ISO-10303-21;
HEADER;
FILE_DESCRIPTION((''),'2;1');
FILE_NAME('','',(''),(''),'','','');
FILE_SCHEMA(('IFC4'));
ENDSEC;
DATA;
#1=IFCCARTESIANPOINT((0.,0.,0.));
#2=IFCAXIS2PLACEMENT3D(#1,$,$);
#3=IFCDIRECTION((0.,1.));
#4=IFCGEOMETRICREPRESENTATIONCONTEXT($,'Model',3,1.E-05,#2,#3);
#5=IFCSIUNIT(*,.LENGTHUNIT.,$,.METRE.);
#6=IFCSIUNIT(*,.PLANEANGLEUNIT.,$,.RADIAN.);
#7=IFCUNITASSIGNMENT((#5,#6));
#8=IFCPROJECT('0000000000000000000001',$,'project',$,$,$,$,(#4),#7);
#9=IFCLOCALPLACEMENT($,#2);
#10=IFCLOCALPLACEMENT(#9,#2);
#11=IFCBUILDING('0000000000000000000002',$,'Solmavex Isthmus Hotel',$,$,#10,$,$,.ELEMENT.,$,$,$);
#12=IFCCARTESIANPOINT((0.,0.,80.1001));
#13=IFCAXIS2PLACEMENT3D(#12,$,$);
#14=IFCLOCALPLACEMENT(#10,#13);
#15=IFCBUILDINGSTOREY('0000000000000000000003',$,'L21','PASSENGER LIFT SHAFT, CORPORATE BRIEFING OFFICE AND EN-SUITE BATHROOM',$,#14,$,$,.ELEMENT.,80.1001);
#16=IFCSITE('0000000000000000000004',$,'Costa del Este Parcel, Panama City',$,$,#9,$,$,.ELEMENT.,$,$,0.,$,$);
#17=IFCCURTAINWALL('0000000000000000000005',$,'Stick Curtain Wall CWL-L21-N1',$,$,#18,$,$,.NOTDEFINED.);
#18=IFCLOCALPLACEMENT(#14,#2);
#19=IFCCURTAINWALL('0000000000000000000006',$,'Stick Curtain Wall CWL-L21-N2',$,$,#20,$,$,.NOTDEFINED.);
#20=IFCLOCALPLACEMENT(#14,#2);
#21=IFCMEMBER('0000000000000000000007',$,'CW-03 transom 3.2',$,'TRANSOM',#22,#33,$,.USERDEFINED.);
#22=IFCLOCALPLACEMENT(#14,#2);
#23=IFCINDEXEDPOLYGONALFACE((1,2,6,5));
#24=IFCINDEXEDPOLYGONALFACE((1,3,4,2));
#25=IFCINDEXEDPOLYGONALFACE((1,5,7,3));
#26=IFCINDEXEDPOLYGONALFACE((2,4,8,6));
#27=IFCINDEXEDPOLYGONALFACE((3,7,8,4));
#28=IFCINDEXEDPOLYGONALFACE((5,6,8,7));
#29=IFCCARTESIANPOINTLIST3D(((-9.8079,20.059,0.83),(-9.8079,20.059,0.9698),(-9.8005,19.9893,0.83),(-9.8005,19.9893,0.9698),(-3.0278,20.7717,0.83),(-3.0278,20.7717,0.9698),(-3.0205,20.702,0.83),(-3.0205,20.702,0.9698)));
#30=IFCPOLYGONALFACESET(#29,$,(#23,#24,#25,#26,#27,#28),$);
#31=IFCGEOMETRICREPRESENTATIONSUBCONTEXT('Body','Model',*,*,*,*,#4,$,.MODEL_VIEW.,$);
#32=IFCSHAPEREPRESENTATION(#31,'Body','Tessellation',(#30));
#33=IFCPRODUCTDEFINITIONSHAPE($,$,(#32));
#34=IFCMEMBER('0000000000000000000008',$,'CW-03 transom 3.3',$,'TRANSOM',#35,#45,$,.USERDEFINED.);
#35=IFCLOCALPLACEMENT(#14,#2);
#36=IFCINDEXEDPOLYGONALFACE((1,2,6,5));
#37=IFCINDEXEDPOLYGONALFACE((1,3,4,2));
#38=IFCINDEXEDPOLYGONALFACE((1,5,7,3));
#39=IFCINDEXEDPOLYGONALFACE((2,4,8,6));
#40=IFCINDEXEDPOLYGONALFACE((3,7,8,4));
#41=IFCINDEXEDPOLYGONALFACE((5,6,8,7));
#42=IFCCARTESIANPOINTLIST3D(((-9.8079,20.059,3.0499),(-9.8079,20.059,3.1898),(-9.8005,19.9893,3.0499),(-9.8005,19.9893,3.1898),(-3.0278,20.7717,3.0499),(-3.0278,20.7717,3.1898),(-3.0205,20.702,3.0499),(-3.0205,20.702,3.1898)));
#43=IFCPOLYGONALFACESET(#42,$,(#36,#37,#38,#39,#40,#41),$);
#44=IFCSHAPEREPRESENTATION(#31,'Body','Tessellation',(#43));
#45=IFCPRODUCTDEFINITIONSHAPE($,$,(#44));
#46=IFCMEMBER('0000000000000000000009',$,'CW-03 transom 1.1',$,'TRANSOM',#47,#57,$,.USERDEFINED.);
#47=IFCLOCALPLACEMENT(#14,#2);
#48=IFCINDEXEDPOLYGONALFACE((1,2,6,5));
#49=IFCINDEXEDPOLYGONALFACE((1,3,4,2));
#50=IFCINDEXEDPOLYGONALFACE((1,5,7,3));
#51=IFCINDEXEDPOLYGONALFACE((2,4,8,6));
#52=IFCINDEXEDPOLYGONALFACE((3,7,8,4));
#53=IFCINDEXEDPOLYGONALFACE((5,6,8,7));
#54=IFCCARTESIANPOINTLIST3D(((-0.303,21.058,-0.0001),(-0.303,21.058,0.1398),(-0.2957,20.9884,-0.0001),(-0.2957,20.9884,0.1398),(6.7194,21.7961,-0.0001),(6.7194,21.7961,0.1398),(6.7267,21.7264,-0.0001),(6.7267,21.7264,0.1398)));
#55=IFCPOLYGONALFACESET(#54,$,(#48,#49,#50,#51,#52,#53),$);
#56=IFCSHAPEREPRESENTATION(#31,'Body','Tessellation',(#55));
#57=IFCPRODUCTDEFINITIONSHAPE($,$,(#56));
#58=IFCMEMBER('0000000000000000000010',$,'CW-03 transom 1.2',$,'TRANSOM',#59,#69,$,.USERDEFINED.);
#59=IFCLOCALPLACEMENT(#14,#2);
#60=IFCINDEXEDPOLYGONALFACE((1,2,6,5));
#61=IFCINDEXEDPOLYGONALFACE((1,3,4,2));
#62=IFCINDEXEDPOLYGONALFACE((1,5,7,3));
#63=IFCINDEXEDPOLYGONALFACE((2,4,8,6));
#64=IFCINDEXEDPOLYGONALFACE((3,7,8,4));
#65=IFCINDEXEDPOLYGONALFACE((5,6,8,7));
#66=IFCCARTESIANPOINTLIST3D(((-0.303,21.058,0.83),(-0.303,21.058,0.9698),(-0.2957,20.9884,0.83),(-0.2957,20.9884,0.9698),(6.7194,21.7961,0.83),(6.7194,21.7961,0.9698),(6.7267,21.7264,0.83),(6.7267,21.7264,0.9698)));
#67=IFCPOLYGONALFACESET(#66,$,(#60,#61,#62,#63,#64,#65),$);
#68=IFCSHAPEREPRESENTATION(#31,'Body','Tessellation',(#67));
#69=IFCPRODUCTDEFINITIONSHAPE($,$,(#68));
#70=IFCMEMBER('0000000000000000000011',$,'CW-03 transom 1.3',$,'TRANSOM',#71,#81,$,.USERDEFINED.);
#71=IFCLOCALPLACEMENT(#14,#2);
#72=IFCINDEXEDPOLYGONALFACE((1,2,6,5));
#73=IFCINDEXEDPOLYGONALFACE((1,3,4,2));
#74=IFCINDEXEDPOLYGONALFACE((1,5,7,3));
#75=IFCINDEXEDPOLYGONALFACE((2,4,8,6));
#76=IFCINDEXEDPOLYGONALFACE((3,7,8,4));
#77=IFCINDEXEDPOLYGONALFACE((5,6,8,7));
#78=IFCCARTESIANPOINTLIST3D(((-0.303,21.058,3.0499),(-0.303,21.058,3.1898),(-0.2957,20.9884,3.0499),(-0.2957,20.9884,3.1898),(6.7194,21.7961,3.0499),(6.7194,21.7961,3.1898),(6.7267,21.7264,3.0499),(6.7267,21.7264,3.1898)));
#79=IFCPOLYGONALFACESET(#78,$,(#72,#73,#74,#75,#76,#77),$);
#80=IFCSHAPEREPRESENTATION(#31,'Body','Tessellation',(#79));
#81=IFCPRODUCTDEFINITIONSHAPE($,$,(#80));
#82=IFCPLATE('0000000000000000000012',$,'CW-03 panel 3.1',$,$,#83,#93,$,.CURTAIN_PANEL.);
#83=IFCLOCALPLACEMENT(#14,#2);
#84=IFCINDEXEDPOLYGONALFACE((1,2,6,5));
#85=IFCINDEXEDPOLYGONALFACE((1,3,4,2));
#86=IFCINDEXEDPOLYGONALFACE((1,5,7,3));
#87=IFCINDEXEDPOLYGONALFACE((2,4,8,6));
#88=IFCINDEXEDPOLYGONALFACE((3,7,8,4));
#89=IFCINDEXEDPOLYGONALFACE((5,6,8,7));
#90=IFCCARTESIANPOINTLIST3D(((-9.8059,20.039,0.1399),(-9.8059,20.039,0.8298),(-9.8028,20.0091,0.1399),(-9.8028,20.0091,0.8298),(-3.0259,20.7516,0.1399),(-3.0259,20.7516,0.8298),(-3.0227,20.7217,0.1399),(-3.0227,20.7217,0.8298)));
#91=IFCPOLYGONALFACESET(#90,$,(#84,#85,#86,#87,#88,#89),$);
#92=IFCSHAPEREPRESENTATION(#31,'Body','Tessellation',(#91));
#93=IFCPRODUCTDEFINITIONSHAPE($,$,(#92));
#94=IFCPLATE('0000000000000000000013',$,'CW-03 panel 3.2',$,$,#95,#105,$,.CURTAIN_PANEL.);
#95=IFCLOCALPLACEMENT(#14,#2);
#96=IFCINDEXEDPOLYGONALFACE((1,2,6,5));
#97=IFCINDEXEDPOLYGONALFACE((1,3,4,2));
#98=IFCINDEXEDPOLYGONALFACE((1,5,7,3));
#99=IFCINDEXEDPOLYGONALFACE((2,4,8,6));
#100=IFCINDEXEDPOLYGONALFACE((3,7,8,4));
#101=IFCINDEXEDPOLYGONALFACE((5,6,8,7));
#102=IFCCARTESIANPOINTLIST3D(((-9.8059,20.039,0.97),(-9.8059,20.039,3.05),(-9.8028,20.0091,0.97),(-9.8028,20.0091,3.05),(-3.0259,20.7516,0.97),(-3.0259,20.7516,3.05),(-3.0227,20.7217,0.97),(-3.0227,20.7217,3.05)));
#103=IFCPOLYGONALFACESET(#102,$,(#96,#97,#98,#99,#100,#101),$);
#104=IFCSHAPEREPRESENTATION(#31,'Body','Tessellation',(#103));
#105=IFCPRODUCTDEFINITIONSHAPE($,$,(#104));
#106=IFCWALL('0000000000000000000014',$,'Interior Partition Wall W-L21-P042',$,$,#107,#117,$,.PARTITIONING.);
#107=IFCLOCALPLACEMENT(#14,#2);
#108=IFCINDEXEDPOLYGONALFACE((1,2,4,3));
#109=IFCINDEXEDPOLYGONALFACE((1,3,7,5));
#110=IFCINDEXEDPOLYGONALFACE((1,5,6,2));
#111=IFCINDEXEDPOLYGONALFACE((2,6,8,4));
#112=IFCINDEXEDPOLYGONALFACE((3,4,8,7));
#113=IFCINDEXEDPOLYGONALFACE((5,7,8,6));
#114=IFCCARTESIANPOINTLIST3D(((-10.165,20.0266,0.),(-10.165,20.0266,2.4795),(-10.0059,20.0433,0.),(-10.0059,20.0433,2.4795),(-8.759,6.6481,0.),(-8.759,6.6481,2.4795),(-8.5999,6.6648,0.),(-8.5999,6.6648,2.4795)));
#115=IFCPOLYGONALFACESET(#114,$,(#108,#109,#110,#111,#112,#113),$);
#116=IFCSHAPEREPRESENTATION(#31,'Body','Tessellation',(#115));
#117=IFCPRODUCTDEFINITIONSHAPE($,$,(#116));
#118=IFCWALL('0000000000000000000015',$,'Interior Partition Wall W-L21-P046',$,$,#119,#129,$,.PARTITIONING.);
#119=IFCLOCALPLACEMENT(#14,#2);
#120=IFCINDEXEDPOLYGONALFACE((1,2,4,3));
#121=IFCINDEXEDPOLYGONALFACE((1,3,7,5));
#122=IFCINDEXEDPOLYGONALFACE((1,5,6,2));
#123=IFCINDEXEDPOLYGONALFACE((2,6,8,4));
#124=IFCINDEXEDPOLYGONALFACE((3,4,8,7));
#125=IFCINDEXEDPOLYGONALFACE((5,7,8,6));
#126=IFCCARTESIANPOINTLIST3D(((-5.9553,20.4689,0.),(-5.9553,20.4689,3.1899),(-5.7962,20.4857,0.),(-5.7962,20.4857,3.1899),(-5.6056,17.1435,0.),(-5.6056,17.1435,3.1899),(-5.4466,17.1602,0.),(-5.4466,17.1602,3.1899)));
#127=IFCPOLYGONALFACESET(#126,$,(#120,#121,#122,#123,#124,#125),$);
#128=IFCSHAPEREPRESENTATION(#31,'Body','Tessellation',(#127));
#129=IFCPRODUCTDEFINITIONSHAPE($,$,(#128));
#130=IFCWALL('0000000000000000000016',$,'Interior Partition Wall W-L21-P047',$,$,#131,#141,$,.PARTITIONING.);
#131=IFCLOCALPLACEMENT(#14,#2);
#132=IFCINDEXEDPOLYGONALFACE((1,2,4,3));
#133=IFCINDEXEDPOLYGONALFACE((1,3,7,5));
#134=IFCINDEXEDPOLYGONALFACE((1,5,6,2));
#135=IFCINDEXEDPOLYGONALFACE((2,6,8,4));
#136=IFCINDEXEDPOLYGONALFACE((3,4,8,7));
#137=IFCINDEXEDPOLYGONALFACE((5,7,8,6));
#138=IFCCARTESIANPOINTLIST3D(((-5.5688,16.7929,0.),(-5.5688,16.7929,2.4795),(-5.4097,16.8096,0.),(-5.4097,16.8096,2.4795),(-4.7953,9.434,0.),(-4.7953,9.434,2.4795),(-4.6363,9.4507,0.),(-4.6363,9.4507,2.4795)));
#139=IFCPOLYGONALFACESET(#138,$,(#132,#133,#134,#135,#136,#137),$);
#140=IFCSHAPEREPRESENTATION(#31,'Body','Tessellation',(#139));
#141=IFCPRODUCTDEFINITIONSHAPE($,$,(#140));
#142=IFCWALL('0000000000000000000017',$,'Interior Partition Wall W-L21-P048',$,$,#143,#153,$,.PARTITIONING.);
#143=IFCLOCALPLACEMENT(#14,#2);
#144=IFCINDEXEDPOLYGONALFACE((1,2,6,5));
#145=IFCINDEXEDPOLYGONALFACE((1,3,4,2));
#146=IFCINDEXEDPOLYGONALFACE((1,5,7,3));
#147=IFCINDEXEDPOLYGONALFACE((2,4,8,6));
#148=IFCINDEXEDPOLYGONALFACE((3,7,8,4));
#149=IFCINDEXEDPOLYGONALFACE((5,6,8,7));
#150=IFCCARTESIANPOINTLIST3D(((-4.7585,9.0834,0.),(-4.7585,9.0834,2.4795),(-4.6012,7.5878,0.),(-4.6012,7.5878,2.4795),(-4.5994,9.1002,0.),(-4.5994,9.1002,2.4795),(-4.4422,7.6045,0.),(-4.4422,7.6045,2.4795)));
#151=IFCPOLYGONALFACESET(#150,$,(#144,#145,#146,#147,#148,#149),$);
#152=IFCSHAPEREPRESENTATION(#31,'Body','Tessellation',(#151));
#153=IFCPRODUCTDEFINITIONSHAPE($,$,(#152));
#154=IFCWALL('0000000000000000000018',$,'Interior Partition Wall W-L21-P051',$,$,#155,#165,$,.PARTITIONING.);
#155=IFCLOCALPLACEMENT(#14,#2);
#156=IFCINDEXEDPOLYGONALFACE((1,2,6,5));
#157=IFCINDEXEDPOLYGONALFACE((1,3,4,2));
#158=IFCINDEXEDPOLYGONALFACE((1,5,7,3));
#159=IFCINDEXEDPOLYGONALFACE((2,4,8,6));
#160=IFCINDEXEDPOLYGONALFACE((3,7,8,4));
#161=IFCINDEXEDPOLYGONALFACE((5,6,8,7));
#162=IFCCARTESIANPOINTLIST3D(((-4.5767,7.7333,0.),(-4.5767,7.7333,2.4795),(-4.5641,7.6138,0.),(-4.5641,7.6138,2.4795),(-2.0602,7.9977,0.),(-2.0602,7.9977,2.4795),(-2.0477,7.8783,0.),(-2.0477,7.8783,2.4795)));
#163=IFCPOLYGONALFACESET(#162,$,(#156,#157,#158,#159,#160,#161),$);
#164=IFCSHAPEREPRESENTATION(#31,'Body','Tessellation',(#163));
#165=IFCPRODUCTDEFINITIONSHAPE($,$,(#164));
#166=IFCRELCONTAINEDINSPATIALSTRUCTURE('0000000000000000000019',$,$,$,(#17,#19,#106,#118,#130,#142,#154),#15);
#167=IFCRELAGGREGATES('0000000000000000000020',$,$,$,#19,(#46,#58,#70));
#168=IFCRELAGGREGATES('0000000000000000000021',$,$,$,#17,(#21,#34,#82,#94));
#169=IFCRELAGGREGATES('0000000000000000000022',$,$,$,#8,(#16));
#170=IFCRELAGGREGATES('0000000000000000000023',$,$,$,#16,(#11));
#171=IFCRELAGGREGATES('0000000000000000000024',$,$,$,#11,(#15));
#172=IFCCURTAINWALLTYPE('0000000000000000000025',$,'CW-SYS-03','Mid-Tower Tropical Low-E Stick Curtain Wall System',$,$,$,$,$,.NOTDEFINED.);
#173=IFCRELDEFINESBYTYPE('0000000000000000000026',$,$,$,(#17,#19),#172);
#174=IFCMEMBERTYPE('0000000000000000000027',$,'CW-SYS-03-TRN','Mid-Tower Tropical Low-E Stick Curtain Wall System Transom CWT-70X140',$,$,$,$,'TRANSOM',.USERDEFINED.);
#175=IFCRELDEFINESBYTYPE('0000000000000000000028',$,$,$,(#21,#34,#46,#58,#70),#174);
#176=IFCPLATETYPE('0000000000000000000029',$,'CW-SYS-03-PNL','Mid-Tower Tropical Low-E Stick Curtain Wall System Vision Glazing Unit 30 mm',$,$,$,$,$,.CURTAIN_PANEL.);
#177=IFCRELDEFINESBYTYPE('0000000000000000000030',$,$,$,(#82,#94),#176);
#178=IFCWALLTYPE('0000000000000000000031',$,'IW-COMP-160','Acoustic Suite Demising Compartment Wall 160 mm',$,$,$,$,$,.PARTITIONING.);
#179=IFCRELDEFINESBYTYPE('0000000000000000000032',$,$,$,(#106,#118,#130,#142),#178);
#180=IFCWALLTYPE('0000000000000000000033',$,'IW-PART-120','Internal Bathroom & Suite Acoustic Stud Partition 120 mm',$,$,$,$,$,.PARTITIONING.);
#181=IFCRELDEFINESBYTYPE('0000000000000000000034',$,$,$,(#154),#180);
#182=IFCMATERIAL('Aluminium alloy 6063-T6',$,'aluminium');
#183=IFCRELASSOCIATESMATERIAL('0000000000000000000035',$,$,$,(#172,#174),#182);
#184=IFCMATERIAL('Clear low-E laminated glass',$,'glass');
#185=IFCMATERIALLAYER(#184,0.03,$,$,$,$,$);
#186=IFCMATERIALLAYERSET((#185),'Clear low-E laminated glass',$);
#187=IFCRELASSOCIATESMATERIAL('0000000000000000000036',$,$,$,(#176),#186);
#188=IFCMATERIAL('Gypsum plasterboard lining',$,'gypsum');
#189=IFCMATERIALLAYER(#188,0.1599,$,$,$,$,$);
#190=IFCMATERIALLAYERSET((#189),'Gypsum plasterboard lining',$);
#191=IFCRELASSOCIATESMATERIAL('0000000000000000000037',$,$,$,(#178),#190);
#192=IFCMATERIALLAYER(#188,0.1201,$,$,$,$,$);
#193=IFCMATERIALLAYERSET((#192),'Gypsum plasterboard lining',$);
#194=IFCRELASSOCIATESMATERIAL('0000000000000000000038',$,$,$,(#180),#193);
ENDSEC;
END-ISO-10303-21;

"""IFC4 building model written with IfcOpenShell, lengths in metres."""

from ifc_helpers import new_model, si_unit, direction, frame, frame_2d, origin, origin_2d, place, context, subcontext, project, spatial, rectangle, extrude, material, layer, layer_set, material_profile, profile_set, type_object, element, aggregate, save


model = new_model("IFC4")

# Units and contexts
model_context = context("Model", 3, precision=1e-05, world=origin(), true_north=direction((0.0, 1.0)))
body_context = subcontext(model_context, "Body", "Model", "MODEL_VIEW")
ifc_project = project(units=[si_unit("LENGTHUNIT", "METRE"), si_unit("PLANEANGLEUNIT", "RADIAN")], contexts=[model_context])

# Site, building, storey
site_placement = place(None, origin())
site = spatial("IfcSite", under=ifc_project, at=site_placement, Name="Costa del Este Parcel, Panama City", CompositionType="ELEMENT", RefElevation=0.0)
building_placement = place(site_placement, origin())
building = spatial("IfcBuilding", under=site, at=building_placement, Name="Solmavex Isthmus Hotel", CompositionType="ELEMENT")
storey_placement = place(building_placement, frame((0.0, 0.0, 80.1001)))
storey = spatial("IfcBuildingStorey", under=building, at=storey_placement, Name="L21", Description="PASSENGER LIFT SHAFT, CORPORATE BRIEFING OFFICE AND EN-SUITE BATHROOM", CompositionType="ELEMENT", Elevation=80.1001)

# Curtain wall
ifc_material_1 = material(Name="Aluminium alloy 6063-T6", Category="aluminium")
curtain_wall_type = type_object("IfcCurtainWallType", Name="CW-SYS-03", Description="Mid-Tower Tropical Low-E Stick Curtain Wall System", PredefinedType="NOTDEFINED", material=ifc_material_1)
curtain_wall_1_placement = place(storey_placement, origin())
curtain_wall_1 = element("IfcCurtainWall", 1, at=curtain_wall_1_placement, inside=storey, type_object=curtain_wall_type, Name="Stick Curtain Wall CWL-L21-N1", PredefinedType="NOTDEFINED")

# Curtain wall
curtain_wall_2_placement = place(storey_placement, origin())
curtain_wall_2 = element("IfcCurtainWall", 2, at=curtain_wall_2_placement, inside=storey, type_object=curtain_wall_type, Name="Stick Curtain Wall CWL-L21-N2", PredefinedType="NOTDEFINED")

# Members
ifc_material_profile_1 = material_profile(ifc_material_1, rectangle(XDim=0.0701, YDim=0.1399, at=origin_2d()), Name="CWT-70X140")
ifc_profile_set_1 = profile_set([ifc_material_profile_1], Name="Aluminium alloy 6063-T6")
member_type_1 = type_object("IfcMemberType", Name="CW-SYS-03-TRN", Description="Mid-Tower Tropical Low-E Stick Curtain Wall System Transom CWT-70X140", ElementType="TRANSOM", PredefinedType="USERDEFINED", material=ifc_profile_set_1)
member_1_placement = place(storey_placement, frame((-9.8042, 20.0242, 0.8999), z_axis=(0.994521, 0.104534, 0.0), x_axis=(-0.104534, 0.994521, 0.0)))
member_1 = element("IfcMember", 3, at=member_1_placement, type_object=member_type_1, Name="CW-03 transom 3.2", ObjectType="TRANSOM", PredefinedType="USERDEFINED", context=body_context, shape_type="SweptSolid", body=[
    extrude(rectangle(XDim=0.0701, YDim=0.1399, at=origin_2d()), origin(), (0.0, 0.0, 1.0), 6.8174),
])
member_2_placement = place(storey_placement, frame((-9.8042, 20.0242, 3.1199), z_axis=(0.994521, 0.104534, 0.0), x_axis=(-0.104534, 0.994521, 0.0)))
member_2 = element("IfcMember", 4, at=member_2_placement, type_object=member_type_1, Name="CW-03 transom 3.3", ObjectType="TRANSOM", PredefinedType="USERDEFINED", context=body_context, shape_type="SweptSolid", body=[
    extrude(rectangle(XDim=0.0701, YDim=0.1399, at=origin_2d()), origin(), (0.0, 0.0, 1.0), 6.8174),
])
member_3_placement = place(storey_placement, frame((-0.2993, 21.0232, 0.0698), z_axis=(0.994523, 0.104521, 0.0), x_axis=(-0.104521, 0.994523, 0.0)))
member_3 = element("IfcMember", 5, at=member_3_placement, type_object=member_type_1, Name="CW-03 transom 1.1", ObjectType="TRANSOM", PredefinedType="USERDEFINED", context=body_context, shape_type="SweptSolid", body=[
    extrude(rectangle(XDim=0.0701, YDim=0.1399, at=origin_2d()), origin(), (0.0, 0.0, 1.0), 7.061),
])
member_4_placement = place(storey_placement, frame((-0.2993, 21.0232, 0.8999), z_axis=(0.994523, 0.104521, 0.0), x_axis=(-0.104521, 0.994523, 0.0)))
member_4 = element("IfcMember", 6, at=member_4_placement, type_object=member_type_1, Name="CW-03 transom 1.2", ObjectType="TRANSOM", PredefinedType="USERDEFINED", context=body_context, shape_type="SweptSolid", body=[
    extrude(rectangle(XDim=0.0701, YDim=0.1399, at=origin_2d()), origin(), (0.0, 0.0, 1.0), 7.061),
])
member_5_placement = place(storey_placement, frame((-0.2993, 21.0232, 3.1199), z_axis=(0.994523, 0.104521, 0.0), x_axis=(-0.104521, 0.994523, 0.0)))
member_5 = element("IfcMember", 7, at=member_5_placement, type_object=member_type_1, Name="CW-03 transom 1.3", ObjectType="TRANSOM", PredefinedType="USERDEFINED", context=body_context, shape_type="SweptSolid", body=[
    extrude(rectangle(XDim=0.0701, YDim=0.1399, at=origin_2d()), origin(), (0.0, 0.0, 1.0), 7.061),
])
aggregate(curtain_wall_2, [member_3, member_4, member_5])

# Plates
ifc_material_2 = material(Name="Clear low-E laminated glass", Category="glass")
ifc_layer_1 = layer(ifc_material_2, 0.03)
ifc_layer_set_1 = layer_set([ifc_layer_1], Name="Clear low-E laminated glass")
plate_type = type_object("IfcPlateType", Name="CW-SYS-03-PNL", Description="Mid-Tower Tropical Low-E Stick Curtain Wall System Vision Glazing Unit 30 mm", PredefinedType="CURTAIN_PANEL", material=ifc_layer_set_1)
plate_1_placement = place(storey_placement, frame((-6.4143, 20.3804, 0.1399), z_axis=(0.0, 0.0, 1.0), x_axis=(0.994522, 0.104528, 0.0)))
plate_1 = element("IfcPlate", 8, at=plate_1_placement, type_object=plate_type, Name="CW-03 panel 3.1", PredefinedType="CURTAIN_PANEL", context=body_context, shape_type="SweptSolid", body=[
    extrude(rectangle(XDim=6.8174, YDim=0.03, at=origin_2d()), origin(), (0.0, 0.0, 1.0), 0.6899),
])
plate_2_placement = place(storey_placement, frame((-6.4143, 20.3804, 0.97), z_axis=(0.0, 0.0, 1.0), x_axis=(0.994522, 0.104528, 0.0)))
plate_2 = element("IfcPlate", 9, at=plate_2_placement, type_object=plate_type, Name="CW-03 panel 3.2", PredefinedType="CURTAIN_PANEL", context=body_context, shape_type="SweptSolid", body=[
    extrude(rectangle(XDim=6.8174, YDim=0.03, at=origin_2d()), origin(), (0.0, 0.0, 1.0), 2.0801),
])
aggregate(curtain_wall_1, [member_1, member_2, plate_1, plate_2])

# Walls
ifc_material_3 = material(Name="Gypsum plasterboard lining", Category="gypsum")
ifc_layer_2 = layer(ifc_material_3, 0.1599)
ifc_layer_set_2 = layer_set([ifc_layer_2], Name="Gypsum plasterboard lining")
wall_type_1 = type_object("IfcWallType", Name="IW-COMP-160", Description="Acoustic Suite Demising Compartment Wall 160 mm", PredefinedType="PARTITIONING", material=ifc_layer_set_2)
wall_1_placement = place(storey_placement, frame((-10.0854, 20.0349, 0.0), z_axis=(0.0, 0.0, 1.0), x_axis=(0.104519, -0.994523, 0.0)))
element("IfcWall", 10, at=wall_1_placement, inside=storey, type_object=wall_type_1, Name="Interior Partition Wall W-L21-P042", PredefinedType="PARTITIONING", context=body_context, shape_type="SweptSolid", body=[
    extrude(rectangle(XDim=13.4521, YDim=0.1599, at=frame_2d((6.7261, 0.0))), origin(), (0.0, 0.0, 1.0), 2.4795),
])
wall_2_placement = place(storey_placement, frame((-5.8757, 20.4773, 0.0), z_axis=(0.0, 0.0, 1.0), x_axis=(0.104556, -0.994519, 0.0)))
element("IfcWall", 11, at=wall_2_placement, inside=storey, type_object=wall_type_1, Name="Interior Partition Wall W-L21-P046", PredefinedType="PARTITIONING", context=body_context, shape_type="SweptSolid", body=[
    extrude(rectangle(XDim=3.3438, YDim=0.1599, at=frame_2d((1.6719, 0.0))), origin(), (0.0, 0.0, 1.0), 3.1899),
])
wall_3_placement = place(storey_placement, frame((-5.4893, 16.8013, 0.0), z_axis=(0.0, 0.0, 1.0), x_axis=(0.104527, -0.994522, 0.0)))
element("IfcWall", 12, at=wall_3_placement, inside=storey, type_object=wall_type_1, Name="Interior Partition Wall W-L21-P047", PredefinedType="PARTITIONING", context=body_context, shape_type="SweptSolid", body=[
    extrude(rectangle(XDim=7.3994, YDim=0.1599, at=frame_2d((3.6997, 0.0))), origin(), (0.0, 0.0, 1.0), 2.4795),
])
wall_4_placement = place(storey_placement, frame((-4.679, 9.0918, 0.0), z_axis=(0.0, 0.0, 1.0), x_axis=(0.10455, -0.99452, 0.0)))
element("IfcWall", 13, at=wall_4_placement, inside=storey, type_object=wall_type_1, Name="Interior Partition Wall W-L21-P048", PredefinedType="PARTITIONING", context=body_context, shape_type="SweptSolid", body=[
    extrude(rectangle(XDim=1.5039, YDim=0.1599, at=frame_2d((0.752, 0.0))), origin(), (0.0, 0.0, 1.0), 2.4795),
])
ifc_layer_3 = layer(ifc_material_3, 0.1201)
ifc_layer_set_3 = layer_set([ifc_layer_3], Name="Gypsum plasterboard lining")
wall_type_2 = type_object("IfcWallType", Name="IW-PART-120", Description="Internal Bathroom & Suite Acoustic Stud Partition 120 mm", PredefinedType="PARTITIONING", material=ifc_layer_set_3)
wall_5_placement = place(storey_placement, frame((-2.054, 7.938, 0.0), z_axis=(0.0, 0.0, 1.0), x_axis=(-0.994525, -0.104499, 0.0)))
element("IfcWall", 14, at=wall_5_placement, inside=storey, type_object=wall_type_2, Name="Interior Partition Wall W-L21-P051", PredefinedType="PARTITIONING", context=body_context, shape_type="SweptSolid", body=[
    extrude(rectangle(XDim=2.5303, YDim=0.1201, at=frame_2d((1.2651, 0.0))), origin(), (0.0, 0.0, 1.0), 2.4795),
])

save(model, "model.ifc")
